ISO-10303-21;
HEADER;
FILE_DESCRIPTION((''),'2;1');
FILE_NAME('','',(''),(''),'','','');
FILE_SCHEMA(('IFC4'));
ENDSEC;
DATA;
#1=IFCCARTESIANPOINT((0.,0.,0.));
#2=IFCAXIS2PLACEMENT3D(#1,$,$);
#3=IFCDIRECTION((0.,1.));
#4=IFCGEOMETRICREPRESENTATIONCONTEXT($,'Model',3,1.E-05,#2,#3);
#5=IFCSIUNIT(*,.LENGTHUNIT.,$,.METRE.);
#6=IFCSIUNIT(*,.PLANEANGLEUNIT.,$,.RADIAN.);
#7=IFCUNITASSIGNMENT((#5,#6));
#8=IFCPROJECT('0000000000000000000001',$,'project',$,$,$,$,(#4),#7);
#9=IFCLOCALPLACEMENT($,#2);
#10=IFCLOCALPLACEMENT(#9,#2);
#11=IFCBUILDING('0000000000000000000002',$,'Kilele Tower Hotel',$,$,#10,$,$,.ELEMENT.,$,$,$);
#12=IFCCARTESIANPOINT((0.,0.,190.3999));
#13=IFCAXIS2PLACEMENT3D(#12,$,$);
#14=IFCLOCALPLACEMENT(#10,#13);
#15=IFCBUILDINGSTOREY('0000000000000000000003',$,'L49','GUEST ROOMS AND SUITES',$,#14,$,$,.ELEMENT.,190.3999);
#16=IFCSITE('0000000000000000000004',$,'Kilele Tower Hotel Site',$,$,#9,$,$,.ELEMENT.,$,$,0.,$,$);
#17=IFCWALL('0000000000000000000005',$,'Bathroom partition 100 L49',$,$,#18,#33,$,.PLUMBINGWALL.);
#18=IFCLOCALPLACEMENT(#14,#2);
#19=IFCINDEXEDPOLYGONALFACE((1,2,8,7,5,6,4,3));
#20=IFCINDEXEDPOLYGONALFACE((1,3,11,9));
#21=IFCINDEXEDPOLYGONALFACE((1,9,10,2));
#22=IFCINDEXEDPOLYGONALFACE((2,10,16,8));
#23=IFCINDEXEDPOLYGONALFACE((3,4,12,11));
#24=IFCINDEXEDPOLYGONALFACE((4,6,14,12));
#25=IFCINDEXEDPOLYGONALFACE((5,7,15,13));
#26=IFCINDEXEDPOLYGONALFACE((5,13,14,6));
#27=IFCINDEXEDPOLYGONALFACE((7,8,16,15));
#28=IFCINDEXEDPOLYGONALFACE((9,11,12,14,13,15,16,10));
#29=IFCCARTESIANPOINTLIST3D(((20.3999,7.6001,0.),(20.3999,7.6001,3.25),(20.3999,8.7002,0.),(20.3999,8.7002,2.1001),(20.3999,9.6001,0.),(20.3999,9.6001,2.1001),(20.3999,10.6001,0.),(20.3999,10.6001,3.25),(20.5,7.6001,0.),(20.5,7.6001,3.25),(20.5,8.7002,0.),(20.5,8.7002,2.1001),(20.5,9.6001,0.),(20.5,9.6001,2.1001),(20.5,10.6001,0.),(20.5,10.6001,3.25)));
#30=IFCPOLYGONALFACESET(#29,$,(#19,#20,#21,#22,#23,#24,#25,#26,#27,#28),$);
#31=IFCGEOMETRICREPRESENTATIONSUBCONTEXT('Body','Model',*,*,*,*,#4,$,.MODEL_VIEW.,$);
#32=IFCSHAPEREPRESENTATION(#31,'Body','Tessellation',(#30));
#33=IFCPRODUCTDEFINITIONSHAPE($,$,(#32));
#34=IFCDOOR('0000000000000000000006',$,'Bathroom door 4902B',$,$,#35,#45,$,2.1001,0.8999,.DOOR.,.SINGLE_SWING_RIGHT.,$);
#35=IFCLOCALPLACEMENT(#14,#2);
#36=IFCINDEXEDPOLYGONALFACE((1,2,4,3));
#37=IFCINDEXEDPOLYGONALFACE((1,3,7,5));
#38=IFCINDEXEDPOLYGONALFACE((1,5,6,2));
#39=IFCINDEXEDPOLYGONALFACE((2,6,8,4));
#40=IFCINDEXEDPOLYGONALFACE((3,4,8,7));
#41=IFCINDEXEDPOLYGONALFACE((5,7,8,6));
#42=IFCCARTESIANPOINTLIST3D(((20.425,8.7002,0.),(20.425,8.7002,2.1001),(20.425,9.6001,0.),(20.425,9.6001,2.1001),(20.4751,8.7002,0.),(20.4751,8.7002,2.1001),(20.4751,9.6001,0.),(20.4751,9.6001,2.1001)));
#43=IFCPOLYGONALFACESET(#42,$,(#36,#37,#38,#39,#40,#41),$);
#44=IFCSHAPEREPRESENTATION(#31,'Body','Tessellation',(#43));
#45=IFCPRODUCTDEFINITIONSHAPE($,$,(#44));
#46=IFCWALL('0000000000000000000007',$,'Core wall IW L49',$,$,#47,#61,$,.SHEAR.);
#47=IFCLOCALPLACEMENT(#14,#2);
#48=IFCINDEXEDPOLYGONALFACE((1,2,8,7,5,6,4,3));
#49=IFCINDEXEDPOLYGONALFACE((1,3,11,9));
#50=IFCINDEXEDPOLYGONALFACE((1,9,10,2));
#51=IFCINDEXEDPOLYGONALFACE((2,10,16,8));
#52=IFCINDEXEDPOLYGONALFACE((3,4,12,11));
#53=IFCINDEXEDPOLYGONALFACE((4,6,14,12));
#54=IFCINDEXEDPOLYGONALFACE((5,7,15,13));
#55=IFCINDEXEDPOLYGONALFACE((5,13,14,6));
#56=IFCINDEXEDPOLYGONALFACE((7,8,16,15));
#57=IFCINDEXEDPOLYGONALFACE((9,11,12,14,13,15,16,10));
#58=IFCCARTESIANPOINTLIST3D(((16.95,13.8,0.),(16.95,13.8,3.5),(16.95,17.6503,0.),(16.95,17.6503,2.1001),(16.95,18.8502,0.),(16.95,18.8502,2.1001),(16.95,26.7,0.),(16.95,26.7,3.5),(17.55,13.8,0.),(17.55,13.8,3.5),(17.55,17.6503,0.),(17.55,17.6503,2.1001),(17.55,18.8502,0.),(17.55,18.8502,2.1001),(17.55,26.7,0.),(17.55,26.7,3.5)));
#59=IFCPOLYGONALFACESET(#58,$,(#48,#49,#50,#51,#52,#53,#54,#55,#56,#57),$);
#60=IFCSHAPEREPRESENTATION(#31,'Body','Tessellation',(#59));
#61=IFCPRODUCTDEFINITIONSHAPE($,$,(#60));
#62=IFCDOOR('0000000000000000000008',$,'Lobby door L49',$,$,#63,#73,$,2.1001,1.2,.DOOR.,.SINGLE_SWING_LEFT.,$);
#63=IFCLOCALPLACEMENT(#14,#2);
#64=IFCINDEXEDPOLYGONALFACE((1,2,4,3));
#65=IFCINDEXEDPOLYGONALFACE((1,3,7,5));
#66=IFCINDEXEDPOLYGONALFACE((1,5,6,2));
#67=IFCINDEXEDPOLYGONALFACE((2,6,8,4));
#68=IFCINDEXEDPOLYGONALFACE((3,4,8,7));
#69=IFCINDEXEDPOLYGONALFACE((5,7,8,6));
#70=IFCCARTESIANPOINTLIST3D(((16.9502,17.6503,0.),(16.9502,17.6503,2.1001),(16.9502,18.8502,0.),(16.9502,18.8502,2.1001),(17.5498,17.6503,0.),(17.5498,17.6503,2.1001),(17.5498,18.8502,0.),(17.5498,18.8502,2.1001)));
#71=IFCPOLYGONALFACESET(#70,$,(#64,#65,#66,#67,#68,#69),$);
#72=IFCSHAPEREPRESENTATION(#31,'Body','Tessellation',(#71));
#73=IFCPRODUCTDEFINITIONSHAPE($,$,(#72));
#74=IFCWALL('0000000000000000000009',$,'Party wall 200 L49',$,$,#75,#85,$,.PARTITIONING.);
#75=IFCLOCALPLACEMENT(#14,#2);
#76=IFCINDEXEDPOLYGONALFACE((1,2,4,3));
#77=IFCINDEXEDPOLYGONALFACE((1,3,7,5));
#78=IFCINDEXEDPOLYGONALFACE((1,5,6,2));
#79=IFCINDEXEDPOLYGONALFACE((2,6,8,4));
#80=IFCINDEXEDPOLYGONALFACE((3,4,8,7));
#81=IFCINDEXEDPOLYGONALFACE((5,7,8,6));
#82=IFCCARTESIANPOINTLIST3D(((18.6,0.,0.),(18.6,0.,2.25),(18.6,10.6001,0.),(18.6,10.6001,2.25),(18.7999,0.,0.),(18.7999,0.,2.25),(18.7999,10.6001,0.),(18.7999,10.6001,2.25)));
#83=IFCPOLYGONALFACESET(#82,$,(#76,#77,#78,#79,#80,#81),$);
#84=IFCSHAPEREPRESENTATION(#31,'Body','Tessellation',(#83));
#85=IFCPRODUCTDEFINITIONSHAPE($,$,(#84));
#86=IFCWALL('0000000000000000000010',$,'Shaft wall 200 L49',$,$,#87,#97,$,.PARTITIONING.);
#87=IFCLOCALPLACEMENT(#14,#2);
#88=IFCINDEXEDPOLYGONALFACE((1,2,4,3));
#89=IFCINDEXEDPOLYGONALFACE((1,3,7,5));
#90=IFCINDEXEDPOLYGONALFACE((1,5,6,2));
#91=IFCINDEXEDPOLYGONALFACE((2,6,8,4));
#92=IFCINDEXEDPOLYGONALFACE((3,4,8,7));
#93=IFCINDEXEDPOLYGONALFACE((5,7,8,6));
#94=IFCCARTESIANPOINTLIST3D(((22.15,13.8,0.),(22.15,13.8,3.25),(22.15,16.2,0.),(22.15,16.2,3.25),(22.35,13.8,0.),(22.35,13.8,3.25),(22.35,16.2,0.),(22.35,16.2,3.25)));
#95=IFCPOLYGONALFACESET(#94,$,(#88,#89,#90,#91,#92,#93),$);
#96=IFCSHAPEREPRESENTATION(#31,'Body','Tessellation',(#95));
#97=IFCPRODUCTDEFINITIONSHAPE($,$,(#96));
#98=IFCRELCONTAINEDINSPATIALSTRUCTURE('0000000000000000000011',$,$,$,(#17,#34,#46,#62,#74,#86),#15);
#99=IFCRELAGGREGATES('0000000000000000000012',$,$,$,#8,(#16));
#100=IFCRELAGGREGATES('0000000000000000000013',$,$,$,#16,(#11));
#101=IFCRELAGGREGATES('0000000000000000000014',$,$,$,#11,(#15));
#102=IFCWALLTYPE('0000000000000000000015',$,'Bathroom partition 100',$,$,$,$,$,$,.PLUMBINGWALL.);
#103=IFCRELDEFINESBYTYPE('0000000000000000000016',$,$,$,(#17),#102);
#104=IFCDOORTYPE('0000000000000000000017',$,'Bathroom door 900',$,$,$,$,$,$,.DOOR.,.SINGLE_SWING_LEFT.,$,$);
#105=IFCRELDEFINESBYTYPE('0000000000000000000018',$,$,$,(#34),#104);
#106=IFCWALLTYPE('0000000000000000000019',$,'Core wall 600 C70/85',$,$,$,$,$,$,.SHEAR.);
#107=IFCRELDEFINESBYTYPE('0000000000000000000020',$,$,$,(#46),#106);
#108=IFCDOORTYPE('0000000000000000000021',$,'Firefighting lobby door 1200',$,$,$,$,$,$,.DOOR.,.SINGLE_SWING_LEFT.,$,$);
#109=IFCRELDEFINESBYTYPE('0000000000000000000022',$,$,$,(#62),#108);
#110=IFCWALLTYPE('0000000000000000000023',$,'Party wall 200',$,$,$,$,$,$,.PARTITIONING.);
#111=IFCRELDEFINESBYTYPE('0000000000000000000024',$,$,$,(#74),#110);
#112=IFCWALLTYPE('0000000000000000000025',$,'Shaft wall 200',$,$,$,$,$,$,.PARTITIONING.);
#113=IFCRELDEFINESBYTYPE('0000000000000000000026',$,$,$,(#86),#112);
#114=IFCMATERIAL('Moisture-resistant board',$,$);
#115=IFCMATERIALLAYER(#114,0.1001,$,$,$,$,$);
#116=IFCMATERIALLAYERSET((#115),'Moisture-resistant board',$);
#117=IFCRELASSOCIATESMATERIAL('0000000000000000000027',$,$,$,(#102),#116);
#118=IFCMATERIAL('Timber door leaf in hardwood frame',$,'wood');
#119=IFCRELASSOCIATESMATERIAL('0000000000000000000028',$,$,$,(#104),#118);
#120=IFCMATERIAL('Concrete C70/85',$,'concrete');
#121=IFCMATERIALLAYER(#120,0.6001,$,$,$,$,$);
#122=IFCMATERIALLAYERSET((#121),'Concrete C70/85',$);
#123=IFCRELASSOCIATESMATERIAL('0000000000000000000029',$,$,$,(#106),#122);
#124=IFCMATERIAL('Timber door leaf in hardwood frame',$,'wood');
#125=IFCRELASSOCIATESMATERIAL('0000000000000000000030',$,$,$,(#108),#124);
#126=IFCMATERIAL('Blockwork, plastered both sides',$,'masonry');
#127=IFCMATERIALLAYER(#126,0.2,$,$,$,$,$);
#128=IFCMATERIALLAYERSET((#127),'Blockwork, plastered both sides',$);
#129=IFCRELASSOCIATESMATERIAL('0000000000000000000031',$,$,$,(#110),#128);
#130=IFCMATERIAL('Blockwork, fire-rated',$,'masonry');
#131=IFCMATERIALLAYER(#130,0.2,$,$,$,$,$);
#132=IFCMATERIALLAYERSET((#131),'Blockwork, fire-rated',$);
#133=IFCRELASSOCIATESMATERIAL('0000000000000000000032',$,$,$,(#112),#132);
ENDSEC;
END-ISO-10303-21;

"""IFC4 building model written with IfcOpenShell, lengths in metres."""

from ifc_helpers import new_model, si_unit, direction, frame, frame_2d, origin, place, context, subcontext, project, spatial, rectangle, extrude, material, layer, layer_set, type_object, element, fill, save


model = new_model("IFC4")

# Units and contexts
model_context = context("Model", 3, precision=1e-05, world=origin(), true_north=direction((0.0, 1.0)))
body_context = subcontext(model_context, "Body", "Model", "MODEL_VIEW")
ifc_project = project(units=[si_unit("LENGTHUNIT", "METRE"), si_unit("PLANEANGLEUNIT", "RADIAN")], contexts=[model_context])

# Site, building, storey
site_placement = place(None, origin())
site = spatial("IfcSite", under=ifc_project, at=site_placement, Name="Kilele Tower Hotel Site", CompositionType="ELEMENT", RefElevation=0.0)
building_placement = place(site_placement, origin())
building = spatial("IfcBuilding", under=site, at=building_placement, Name="Kilele Tower Hotel", CompositionType="ELEMENT")
storey_placement = place(building_placement, frame((0.0, 0.0, 190.3999)))
storey = spatial("IfcBuildingStorey", under=building, at=storey_placement, Name="L49", Description="GUEST ROOMS AND SUITES", CompositionType="ELEMENT", Elevation=190.3999)

# Walls, openings, doors
ifc_material_1 = material(Name="Moisture-resistant board")
ifc_layer_1 = layer(ifc_material_1, 0.1001)
ifc_layer_set_1 = layer_set([ifc_layer_1], Name="Moisture-resistant board")
wall_type_1 = type_object("IfcWallType", Name="Bathroom partition 100", PredefinedType="PLUMBINGWALL", material=ifc_layer_set_1)
wall_1_placement = place(storey_placement, frame((20.45, 10.6001, 0.0), z_axis=(0.0, 0.0, 1.0), x_axis=(0.0, -1.0, 0.0)))
wall_1 = element("IfcWall", 1, at=wall_1_placement, inside=storey, type_object=wall_type_1, Name="Bathroom partition 100 L49", PredefinedType="PLUMBINGWALL", context=body_context, shape_type="SweptSolid", body=[
    extrude(rectangle(XDim=3.0, YDim=0.1001, at=frame_2d((1.5, 0.0))), origin(), (0.0, 0.0, 1.0), 3.25),
])
opening_1_placement = place(wall_1_placement, frame((1.8999, 0.0, 0.0), z_axis=(0.0, 0.0, 1.0), x_axis=(-1.0, 0.0, 0.0)))
opening_1 = element("IfcOpeningElement", 2, at=opening_1_placement, cuts=wall_1, PredefinedType="OPENING", context=body_context, shape_type="SweptSolid", body=[
    extrude(rectangle(XDim=0.8999, YDim=2.1001, at=frame_2d((0.45, 1.05))), frame((0.0, 0.0601, 0.0), z_axis=(0.0, -1.0, 0.0), x_axis=(1.0, 0.0, 0.0)), (0.0, 0.0, 1.0), 0.1201),
])
ifc_material_2 = material(Name="Timber door leaf in hardwood frame", Category="wood")
door_type_1 = type_object("IfcDoorType", Name="Bathroom door 900", OperationType="SINGLE_SWING_LEFT", PredefinedType="DOOR", material=ifc_material_2)
door_1_placement = place(opening_1_placement, origin())
door_1 = element("IfcDoor", 3, at=door_1_placement, inside=storey, type_object=door_type_1, Name="Bathroom door 4902B", OperationType="SINGLE_SWING_RIGHT", OverallHeight=2.1001, OverallWidth=0.8999, PredefinedType="DOOR", context=body_context, shape_type="SweptSolid", body=[
    extrude(rectangle(XDim=0.8999, YDim=2.1001, at=frame_2d((0.45, 1.05))), frame((0.0, 0.0249, 0.0), z_axis=(0.0, -1.0, 0.0), x_axis=(1.0, 0.0, 0.0)), (0.0, 0.0, 1.0), 0.05),
])
fill(opening_1, door_1)
ifc_material_3 = material(Name="Concrete C70/85", Category="concrete")
ifc_layer_2 = layer(ifc_material_3, 0.6001)
ifc_layer_set_2 = layer_set([ifc_layer_2], Name="Concrete C70/85")
wall_type_2 = type_object("IfcWallType", Name="Core wall 600 C70/85", PredefinedType="SHEAR", material=ifc_layer_set_2)
wall_2_placement = place(storey_placement, frame((17.25, 13.8, 0.0), z_axis=(0.0, 0.0, 1.0), x_axis=(0.0, 1.0, 0.0)))
wall_2 = element("IfcWall", 4, at=wall_2_placement, inside=storey, type_object=wall_type_2, Name="Core wall IW L49", PredefinedType="SHEAR", context=body_context, shape_type="SweptSolid", body=[
    extrude(rectangle(XDim=12.8999, YDim=0.6001, at=frame_2d((6.45, 0.0))), origin(), (0.0, 0.0, 1.0), 3.5),
])
opening_2_placement = place(wall_2_placement, frame((3.8501, 0.0, 0.0)))
opening_2 = element("IfcOpeningElement", 5, at=opening_2_placement, cuts=wall_2, PredefinedType="OPENING", context=body_context, shape_type="SweptSolid", body=[
    extrude(rectangle(XDim=1.2, YDim=2.1001, at=frame_2d((0.6001, 1.05))), frame((0.0, 0.3101, 0.0), z_axis=(0.0, -1.0, 0.0), x_axis=(1.0, 0.0, 0.0)), (0.0, 0.0, 1.0), 0.6201),
])
ifc_material_4 = material(Name="Timber door leaf in hardwood frame", Category="wood")
door_type_2 = type_object("IfcDoorType", Name="Firefighting lobby door 1200", OperationType="SINGLE_SWING_LEFT", PredefinedType="DOOR", material=ifc_material_4)
door_2_placement = place(opening_2_placement, origin())
door_2 = element("IfcDoor", 6, at=door_2_placement, inside=storey, type_object=door_type_2, Name="Lobby door L49", OperationType="SINGLE_SWING_LEFT", OverallHeight=2.1001, OverallWidth=1.2, PredefinedType="DOOR", context=body_context, shape_type="SweptSolid", body=[
    extrude(rectangle(XDim=1.2, YDim=2.1001, at=frame_2d((0.6001, 1.05))), frame((0.0, 0.2998, 0.0), z_axis=(0.0, -1.0, 0.0), x_axis=(1.0, 0.0, 0.0)), (0.0, 0.0, 1.0), 0.5996),
])
fill(opening_2, door_2)

# Walls
ifc_material_5 = material(Name="Blockwork, plastered both sides", Category="masonry")
ifc_layer_3 = layer(ifc_material_5, 0.2)
ifc_layer_set_3 = layer_set([ifc_layer_3], Name="Blockwork, plastered both sides")
wall_type_3 = type_object("IfcWallType", Name="Party wall 200", PredefinedType="PARTITIONING", material=ifc_layer_set_3)
wall_3_placement = place(storey_placement, frame((18.7, 10.6001, 0.0), z_axis=(0.0, 0.0, 1.0), x_axis=(0.0, -1.0, 0.0)))
element("IfcWall", 7, at=wall_3_placement, inside=storey, type_object=wall_type_3, Name="Party wall 200 L49", PredefinedType="PARTITIONING", context=body_context, shape_type="SweptSolid", body=[
    extrude(rectangle(XDim=10.6001, YDim=0.2, at=frame_2d((5.3, 0.0))), origin(), (0.0, 0.0, 1.0), 2.25),
])
ifc_material_6 = material(Name="Blockwork, fire-rated", Category="masonry")
ifc_layer_4 = layer(ifc_material_6, 0.2)
ifc_layer_set_4 = layer_set([ifc_layer_4], Name="Blockwork, fire-rated")
wall_type_4 = type_object("IfcWallType", Name="Shaft wall 200", PredefinedType="PARTITIONING", material=ifc_layer_set_4)
wall_4_placement = place(storey_placement, frame((22.25, 13.8, 0.0), z_axis=(0.0, 0.0, 1.0), x_axis=(0.0, 1.0, 0.0)))
element("IfcWall", 8, at=wall_4_placement, inside=storey, type_object=wall_type_4, Name="Shaft wall 200 L49", PredefinedType="PARTITIONING", context=body_context, shape_type="SweptSolid", body=[
    extrude(rectangle(XDim=2.3999, YDim=0.2, at=frame_2d((1.2, 0.0))), origin(), (0.0, 0.0, 1.0), 3.25),
])

save(model, "model.ifc")
